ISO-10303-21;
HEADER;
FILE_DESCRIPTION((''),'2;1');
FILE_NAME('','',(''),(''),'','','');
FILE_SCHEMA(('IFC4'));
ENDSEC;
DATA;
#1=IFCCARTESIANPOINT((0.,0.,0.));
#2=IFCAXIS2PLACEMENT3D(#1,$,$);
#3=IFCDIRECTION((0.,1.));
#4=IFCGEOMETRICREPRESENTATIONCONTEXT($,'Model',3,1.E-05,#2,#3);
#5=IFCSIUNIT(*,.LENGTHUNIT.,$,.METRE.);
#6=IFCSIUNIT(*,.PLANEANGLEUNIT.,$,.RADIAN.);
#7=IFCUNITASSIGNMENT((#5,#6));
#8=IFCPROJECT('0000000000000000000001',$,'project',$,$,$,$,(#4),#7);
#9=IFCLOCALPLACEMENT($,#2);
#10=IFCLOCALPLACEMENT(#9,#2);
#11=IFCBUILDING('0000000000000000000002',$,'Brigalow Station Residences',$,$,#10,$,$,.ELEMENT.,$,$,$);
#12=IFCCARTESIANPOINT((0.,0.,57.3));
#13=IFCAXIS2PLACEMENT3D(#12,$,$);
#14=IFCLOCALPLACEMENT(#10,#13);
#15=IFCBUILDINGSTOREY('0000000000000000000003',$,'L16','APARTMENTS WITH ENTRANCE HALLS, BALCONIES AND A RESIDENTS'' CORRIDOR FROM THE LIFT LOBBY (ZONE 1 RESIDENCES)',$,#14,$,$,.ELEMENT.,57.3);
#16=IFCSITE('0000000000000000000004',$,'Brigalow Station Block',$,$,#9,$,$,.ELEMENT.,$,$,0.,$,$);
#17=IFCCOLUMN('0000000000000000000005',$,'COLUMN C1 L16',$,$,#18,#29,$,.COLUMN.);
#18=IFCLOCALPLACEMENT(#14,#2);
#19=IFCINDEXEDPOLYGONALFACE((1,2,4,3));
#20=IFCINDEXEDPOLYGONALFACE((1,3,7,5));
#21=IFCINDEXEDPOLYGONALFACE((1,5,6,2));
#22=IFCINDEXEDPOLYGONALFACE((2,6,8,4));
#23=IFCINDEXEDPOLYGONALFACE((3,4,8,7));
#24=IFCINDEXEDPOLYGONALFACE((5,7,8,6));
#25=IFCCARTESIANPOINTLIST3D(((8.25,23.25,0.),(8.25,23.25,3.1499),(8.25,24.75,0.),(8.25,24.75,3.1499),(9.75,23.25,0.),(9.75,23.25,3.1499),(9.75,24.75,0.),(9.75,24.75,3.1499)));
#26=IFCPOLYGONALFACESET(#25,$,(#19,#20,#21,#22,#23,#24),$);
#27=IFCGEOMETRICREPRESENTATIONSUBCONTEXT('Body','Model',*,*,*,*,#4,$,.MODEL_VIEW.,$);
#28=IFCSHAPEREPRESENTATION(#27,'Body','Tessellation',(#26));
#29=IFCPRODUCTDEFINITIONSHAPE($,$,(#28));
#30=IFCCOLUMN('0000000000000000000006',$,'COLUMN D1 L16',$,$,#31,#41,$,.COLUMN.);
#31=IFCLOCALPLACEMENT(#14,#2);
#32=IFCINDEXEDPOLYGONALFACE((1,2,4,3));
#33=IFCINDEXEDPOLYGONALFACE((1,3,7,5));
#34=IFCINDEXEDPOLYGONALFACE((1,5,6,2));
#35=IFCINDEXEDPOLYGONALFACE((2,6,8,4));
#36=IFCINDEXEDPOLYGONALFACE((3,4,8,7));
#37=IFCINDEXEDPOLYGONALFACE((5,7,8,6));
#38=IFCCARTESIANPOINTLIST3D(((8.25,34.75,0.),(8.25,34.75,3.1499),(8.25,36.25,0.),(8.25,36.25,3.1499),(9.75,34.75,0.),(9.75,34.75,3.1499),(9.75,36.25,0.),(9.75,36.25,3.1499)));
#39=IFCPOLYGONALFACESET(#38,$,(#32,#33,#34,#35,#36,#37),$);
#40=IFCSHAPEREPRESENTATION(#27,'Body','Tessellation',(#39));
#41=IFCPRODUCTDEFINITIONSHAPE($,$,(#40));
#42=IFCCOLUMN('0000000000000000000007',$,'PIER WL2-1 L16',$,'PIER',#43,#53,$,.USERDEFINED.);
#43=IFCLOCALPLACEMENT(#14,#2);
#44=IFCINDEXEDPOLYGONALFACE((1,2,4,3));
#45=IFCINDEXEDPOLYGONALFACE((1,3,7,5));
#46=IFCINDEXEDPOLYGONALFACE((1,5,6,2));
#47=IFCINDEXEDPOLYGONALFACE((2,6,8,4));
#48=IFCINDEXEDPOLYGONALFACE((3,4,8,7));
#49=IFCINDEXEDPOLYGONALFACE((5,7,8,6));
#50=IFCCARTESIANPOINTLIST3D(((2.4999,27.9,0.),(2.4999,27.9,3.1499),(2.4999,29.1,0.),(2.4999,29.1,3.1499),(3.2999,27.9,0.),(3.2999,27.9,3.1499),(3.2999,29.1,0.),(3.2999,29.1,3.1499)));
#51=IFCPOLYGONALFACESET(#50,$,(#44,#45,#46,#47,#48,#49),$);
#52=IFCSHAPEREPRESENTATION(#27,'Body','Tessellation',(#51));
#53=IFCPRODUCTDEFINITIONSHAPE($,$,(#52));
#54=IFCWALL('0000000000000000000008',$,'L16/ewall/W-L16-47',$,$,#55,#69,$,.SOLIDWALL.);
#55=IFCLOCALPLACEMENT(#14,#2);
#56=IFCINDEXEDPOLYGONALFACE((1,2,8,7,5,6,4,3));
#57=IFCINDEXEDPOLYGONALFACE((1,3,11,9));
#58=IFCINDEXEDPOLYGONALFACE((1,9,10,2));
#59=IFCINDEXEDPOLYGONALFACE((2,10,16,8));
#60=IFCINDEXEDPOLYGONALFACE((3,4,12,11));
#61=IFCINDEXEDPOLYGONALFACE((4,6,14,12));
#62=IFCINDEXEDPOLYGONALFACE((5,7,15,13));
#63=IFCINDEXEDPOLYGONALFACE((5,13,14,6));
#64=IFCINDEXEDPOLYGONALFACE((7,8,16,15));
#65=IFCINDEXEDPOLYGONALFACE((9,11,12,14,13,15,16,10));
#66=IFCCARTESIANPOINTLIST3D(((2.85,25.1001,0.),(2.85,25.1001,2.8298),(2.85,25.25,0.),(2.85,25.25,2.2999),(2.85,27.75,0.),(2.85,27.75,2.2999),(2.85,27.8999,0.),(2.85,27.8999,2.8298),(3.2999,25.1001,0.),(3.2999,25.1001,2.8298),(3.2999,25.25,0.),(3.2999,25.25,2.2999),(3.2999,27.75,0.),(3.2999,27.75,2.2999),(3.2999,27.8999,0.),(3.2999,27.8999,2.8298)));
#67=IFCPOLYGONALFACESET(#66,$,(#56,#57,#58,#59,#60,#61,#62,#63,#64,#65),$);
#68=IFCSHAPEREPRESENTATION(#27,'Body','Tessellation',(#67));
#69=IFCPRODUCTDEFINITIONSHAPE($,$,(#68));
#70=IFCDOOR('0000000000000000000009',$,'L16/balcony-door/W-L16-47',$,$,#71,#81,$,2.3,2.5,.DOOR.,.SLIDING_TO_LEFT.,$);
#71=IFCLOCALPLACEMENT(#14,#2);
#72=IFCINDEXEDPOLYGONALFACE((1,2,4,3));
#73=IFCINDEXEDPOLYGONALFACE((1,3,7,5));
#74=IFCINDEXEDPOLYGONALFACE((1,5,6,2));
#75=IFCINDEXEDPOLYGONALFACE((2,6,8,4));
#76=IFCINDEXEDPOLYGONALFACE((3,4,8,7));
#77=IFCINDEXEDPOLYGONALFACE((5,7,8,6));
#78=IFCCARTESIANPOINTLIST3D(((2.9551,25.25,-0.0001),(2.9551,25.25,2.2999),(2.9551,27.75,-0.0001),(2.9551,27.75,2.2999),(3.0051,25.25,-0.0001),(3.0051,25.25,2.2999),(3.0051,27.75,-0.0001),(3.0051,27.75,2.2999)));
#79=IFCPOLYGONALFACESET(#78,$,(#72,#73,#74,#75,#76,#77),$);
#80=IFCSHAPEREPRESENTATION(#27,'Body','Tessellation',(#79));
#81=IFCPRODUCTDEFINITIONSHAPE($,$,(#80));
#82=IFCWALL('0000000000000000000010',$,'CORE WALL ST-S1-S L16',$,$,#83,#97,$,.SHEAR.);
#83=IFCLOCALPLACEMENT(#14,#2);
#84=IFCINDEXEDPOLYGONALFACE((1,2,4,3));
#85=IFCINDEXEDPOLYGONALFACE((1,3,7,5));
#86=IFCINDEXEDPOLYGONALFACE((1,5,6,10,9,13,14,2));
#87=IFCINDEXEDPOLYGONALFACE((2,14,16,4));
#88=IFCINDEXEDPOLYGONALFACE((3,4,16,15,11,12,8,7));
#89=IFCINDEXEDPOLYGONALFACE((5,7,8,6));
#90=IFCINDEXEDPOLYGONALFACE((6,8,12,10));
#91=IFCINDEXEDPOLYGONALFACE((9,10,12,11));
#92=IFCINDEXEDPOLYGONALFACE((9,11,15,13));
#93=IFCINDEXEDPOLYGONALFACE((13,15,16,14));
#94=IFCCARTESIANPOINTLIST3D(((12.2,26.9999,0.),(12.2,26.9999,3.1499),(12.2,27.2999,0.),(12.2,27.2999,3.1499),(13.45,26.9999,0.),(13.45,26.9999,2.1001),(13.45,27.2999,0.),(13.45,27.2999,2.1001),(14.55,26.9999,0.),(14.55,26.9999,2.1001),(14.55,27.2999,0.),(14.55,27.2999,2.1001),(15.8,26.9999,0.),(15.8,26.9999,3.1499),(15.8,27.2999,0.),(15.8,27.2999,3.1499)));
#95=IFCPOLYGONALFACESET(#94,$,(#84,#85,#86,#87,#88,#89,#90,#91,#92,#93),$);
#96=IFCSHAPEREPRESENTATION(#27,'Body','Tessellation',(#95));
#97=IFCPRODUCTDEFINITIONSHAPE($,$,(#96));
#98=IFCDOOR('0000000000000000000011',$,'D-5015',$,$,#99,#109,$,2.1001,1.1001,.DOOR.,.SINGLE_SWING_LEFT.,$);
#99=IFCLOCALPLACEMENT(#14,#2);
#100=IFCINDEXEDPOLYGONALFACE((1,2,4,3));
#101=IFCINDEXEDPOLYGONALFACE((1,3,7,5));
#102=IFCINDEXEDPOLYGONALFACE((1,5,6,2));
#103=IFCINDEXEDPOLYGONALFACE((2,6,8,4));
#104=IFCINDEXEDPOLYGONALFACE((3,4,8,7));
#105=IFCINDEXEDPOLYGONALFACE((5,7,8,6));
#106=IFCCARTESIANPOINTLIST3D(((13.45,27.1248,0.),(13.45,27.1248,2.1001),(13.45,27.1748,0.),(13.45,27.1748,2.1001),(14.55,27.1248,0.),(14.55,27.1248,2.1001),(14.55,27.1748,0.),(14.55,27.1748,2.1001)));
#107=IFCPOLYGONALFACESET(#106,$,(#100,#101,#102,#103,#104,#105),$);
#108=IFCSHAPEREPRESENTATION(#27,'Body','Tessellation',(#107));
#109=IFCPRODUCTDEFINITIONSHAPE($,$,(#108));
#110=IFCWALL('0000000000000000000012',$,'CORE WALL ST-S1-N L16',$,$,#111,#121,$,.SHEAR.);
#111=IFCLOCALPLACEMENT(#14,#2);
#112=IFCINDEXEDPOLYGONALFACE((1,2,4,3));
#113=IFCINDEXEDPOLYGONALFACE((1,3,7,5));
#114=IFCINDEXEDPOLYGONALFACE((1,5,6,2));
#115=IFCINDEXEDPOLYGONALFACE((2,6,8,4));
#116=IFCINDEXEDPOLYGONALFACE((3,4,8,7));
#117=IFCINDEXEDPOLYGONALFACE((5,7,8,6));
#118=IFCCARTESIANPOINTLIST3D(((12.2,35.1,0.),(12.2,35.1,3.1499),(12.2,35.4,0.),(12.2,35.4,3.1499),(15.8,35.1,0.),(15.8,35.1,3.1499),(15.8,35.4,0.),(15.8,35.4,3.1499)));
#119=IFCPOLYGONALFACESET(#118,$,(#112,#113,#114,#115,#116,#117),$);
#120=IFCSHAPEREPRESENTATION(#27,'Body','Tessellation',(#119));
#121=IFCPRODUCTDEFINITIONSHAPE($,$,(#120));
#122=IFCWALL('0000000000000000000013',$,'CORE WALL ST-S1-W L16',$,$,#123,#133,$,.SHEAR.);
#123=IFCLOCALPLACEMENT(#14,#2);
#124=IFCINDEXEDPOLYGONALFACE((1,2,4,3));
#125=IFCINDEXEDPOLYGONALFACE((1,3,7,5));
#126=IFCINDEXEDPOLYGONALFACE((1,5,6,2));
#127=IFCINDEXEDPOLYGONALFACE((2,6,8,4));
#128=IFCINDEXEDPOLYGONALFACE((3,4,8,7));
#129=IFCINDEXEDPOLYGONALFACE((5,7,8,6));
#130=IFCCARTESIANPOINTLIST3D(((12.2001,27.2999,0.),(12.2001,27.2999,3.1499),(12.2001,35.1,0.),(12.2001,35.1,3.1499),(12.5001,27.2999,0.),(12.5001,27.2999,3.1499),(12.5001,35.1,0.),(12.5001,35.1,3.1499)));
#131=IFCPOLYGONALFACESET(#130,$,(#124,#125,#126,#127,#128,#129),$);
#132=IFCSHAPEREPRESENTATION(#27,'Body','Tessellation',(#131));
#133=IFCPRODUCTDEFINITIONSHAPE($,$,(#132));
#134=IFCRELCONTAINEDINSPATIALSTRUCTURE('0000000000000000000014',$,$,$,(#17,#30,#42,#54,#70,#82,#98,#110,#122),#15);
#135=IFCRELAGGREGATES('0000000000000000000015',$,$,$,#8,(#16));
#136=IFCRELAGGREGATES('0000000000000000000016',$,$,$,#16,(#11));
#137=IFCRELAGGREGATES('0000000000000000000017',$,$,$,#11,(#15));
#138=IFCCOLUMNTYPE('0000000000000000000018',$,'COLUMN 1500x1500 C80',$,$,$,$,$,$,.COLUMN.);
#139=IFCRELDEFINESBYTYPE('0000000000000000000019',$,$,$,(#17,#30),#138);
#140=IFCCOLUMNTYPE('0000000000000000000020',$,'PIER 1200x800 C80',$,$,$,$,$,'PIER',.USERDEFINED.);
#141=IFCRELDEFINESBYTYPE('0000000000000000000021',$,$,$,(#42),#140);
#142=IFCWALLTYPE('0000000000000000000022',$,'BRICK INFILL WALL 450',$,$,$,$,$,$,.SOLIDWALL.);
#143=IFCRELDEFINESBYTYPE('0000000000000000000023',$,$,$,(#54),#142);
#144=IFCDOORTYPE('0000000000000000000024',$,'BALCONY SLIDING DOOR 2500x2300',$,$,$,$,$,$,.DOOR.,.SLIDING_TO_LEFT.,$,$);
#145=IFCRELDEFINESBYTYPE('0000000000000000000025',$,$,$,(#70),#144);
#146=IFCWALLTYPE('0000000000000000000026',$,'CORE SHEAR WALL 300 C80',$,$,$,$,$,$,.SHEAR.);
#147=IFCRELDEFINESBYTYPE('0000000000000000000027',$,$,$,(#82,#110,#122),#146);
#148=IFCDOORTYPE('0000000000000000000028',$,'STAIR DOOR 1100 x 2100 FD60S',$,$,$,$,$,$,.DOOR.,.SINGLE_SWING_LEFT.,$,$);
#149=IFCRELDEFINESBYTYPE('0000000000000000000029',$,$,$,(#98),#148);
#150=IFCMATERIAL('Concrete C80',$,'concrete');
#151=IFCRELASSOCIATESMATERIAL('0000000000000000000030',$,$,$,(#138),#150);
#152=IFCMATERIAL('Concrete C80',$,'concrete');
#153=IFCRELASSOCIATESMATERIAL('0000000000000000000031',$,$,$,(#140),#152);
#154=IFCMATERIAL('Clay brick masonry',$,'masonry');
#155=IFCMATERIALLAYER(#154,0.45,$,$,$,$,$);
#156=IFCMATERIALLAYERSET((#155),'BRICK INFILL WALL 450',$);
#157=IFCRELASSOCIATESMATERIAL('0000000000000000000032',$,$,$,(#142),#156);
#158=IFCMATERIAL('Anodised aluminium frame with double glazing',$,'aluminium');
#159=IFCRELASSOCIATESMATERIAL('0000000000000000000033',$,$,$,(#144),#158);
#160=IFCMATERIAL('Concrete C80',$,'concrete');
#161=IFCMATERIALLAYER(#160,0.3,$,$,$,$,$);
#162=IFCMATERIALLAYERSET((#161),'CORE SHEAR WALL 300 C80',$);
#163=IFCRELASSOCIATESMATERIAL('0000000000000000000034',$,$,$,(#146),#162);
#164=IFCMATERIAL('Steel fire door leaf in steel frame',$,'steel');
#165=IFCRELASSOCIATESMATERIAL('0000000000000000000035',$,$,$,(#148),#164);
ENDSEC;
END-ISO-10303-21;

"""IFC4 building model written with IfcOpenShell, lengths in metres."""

from ifc_helpers import new_model, si_unit, direction, frame, frame_2d, origin, origin_2d, place, context, subcontext, project, spatial, rectangle, extrude, material, layer, layer_set, material_profile, profile_set, type_object, element, fill, save


model = new_model("IFC4")

# Units and contexts
model_context = context("Model", 3, precision=1e-05, world=origin(), true_north=direction((0.0, 1.0)))
body_context = subcontext(model_context, "Body", "Model", "MODEL_VIEW")
ifc_project = project(units=[si_unit("LENGTHUNIT", "METRE"), si_unit("PLANEANGLEUNIT", "RADIAN")], contexts=[model_context])

# Site, building, storey
site_placement = place(None, origin())
site = spatial("IfcSite", under=ifc_project, at=site_placement, Name="Brigalow Station Block", CompositionType="ELEMENT", RefElevation=0.0)
building_placement = place(site_placement, origin())
building = spatial("IfcBuilding", under=site, at=building_placement, Name="Brigalow Station Residences", CompositionType="ELEMENT")
storey_placement = place(building_placement, frame((0.0, 0.0, 57.3)))
storey = spatial("IfcBuildingStorey", under=building, at=storey_placement, Name="L16", Description="APARTMENTS WITH ENTRANCE HALLS, BALCONIES AND A RESIDENTS' CORRIDOR FROM THE LIFT LOBBY (ZONE 1 RESIDENCES)", CompositionType="ELEMENT", Elevation=57.3)

# Columns
ifc_material_1 = material(Name="Concrete C80", Category="concrete")
ifc_material_profile_1 = material_profile(ifc_material_1, rectangle(XDim=1.5, YDim=1.5, at=origin_2d()), Name="RC1500x1500")
ifc_profile_set_1 = profile_set([ifc_material_profile_1], Name="Concrete C80")
column_type_1 = type_object("IfcColumnType", Name="COLUMN 1500x1500 C80", PredefinedType="COLUMN", material=ifc_profile_set_1)
for number, where, z_axis, x_axis, name in (
    (1, (9.0, 24.0, 0.0), (0.0, 0.0, 1.0), (1.0, 0.0, 0.0), "COLUMN C1 L16"),
    (2, (9.0, 35.5, 0.0), (0.0, 0.0, 1.0), (1.0, 0.0, 0.0), "COLUMN D1 L16"),
):
    element("IfcColumn", number, at=place(storey_placement, frame(where, z_axis=z_axis, x_axis=x_axis)), inside=storey, type_object=column_type_1, Name=name, PredefinedType="COLUMN", context=body_context, shape_type="SweptSolid", body=[
        extrude(rectangle(XDim=1.5, YDim=1.5, at=origin_2d()), origin(), (0.0, 0.0, 1.0), 3.1499),
    ])
ifc_material_2 = material(Name="Concrete C80", Category="concrete")
ifc_material_profile_2 = material_profile(ifc_material_2, rectangle(XDim=1.2, YDim=0.8, at=origin_2d()), Name="RC1200x800")
ifc_profile_set_2 = profile_set([ifc_material_profile_2], Name="Concrete C80")
column_type_2 = type_object("IfcColumnType", Name="PIER 1200x800 C80", ElementType="PIER", PredefinedType="USERDEFINED", material=ifc_profile_set_2)
column_placement = place(storey_placement, frame((2.8999, 28.5, 0.0), z_axis=(0.0, 0.0, 1.0), x_axis=(0.0, -1.0, 0.0)))
element("IfcColumn", 3, at=column_placement, inside=storey, type_object=column_type_2, Name="PIER WL2-1 L16", ObjectType="PIER", PredefinedType="USERDEFINED", context=body_context, shape_type="SweptSolid", body=[
    extrude(rectangle(XDim=1.2, YDim=0.8, at=origin_2d()), origin(), (0.0, 0.0, 1.0), 3.1499),
])

# Walls, openings, doors
ifc_material_3 = material(Name="Clay brick masonry", Category="masonry")
ifc_layer_1 = layer(ifc_material_3, 0.45)
ifc_layer_set_1 = layer_set([ifc_layer_1], Name="BRICK INFILL WALL 450")
wall_type_1 = type_object("IfcWallType", Name="BRICK INFILL WALL 450", PredefinedType="SOLIDWALL", material=ifc_layer_set_1)
wall_1_placement = place(storey_placement, frame((3.075, 27.8999, 0.0), z_axis=(0.0, 0.0, 1.0), x_axis=(0.0, -1.0, 0.0)))
wall_1 = element("IfcWall", 4, at=wall_1_placement, inside=storey, type_object=wall_type_1, Name="L16/ewall/W-L16-47", PredefinedType="SOLIDWALL", context=body_context, shape_type="SweptSolid", body=[
    extrude(rectangle(XDim=2.7998, YDim=0.45, at=frame_2d((1.3999, 0.0))), origin(), (0.0, 0.0, 1.0), 2.8298),
])
opening_1_placement = place(wall_1_placement, frame((0.1499, 0.0, 0.0)))
opening_1 = element("IfcOpeningElement", 5, at=opening_1_placement, cuts=wall_1, PredefinedType="OPENING", context=body_context, shape_type="SweptSolid", body=[
    extrude(rectangle(XDim=2.5, YDim=2.3, at=frame_2d((1.25, 1.1499))), frame((0.0, 0.2349, 0.0), z_axis=(0.0, -1.0, 0.0), x_axis=(1.0, 0.0, 0.0)), (0.0, 0.0, 1.0), 0.47),
])
ifc_material_4 = material(Name="Anodised aluminium frame with double glazing", Category="aluminium")
door_type_1 = type_object("IfcDoorType", Name="BALCONY SLIDING DOOR 2500x2300", OperationType="SLIDING_TO_LEFT", PredefinedType="DOOR", material=ifc_material_4)
door_1_placement = place(opening_1_placement, origin())
door_1 = element("IfcDoor", 6, at=door_1_placement, inside=storey, type_object=door_type_1, Name="L16/balcony-door/W-L16-47", OperationType="SLIDING_TO_LEFT", OverallHeight=2.3, OverallWidth=2.5, PredefinedType="DOOR", context=body_context, shape_type="SweptSolid", body=[
    extrude(rectangle(XDim=2.5, YDim=2.3, at=frame_2d((1.25, 1.1499))), frame((0.0, -0.0698, 0.0), z_axis=(0.0, -1.0, 0.0), x_axis=(1.0, 0.0, 0.0)), (0.0, 0.0, 1.0), 0.05),
])
fill(opening_1, door_1)
ifc_material_5 = material(Name="Concrete C80", Category="concrete")
ifc_layer_2 = layer(ifc_material_5, 0.3)
ifc_layer_set_2 = layer_set([ifc_layer_2], Name="CORE SHEAR WALL 300 C80")
wall_type_2 = type_object("IfcWallType", Name="CORE SHEAR WALL 300 C80", PredefinedType="SHEAR", material=ifc_layer_set_2)
wall_2_placement = place(storey_placement, frame((12.2, 27.1499, 0.0), z_axis=(0.0, 0.0, 1.0), x_axis=(1.0, 0.0, 0.0)))
wall_2 = element("IfcWall", 7, at=wall_2_placement, inside=storey, type_object=wall_type_2, Name="CORE WALL ST-S1-S L16", PredefinedType="SHEAR", context=body_context, shape_type="SweptSolid", body=[
    extrude(rectangle(XDim=3.6001, YDim=0.3, at=frame_2d((1.8, 0.0))), origin(), (0.0, 0.0, 1.0), 3.1499),
])
opening_2_placement = place(wall_2_placement, frame((1.25, 0.0, 0.0)))
opening_2 = element("IfcOpeningElement", 8, at=opening_2_placement, cuts=wall_2, PredefinedType="OPENING", context=body_context, shape_type="SweptSolid", body=[
    extrude(rectangle(XDim=1.1001, YDim=2.1001, at=frame_2d((0.55, 1.05))), frame((0.0, 0.1602, 0.0), z_axis=(0.0, -1.0, 0.0), x_axis=(1.0, 0.0, 0.0)), (0.0, 0.0, 1.0), 0.3201),
])
ifc_material_6 = material(Name="Steel fire door leaf in steel frame", Category="steel")
door_type_2 = type_object("IfcDoorType", Name="STAIR DOOR 1100 x 2100 FD60S", OperationType="SINGLE_SWING_LEFT", PredefinedType="DOOR", material=ifc_material_6)
door_2_placement = place(opening_2_placement, origin())
door_2 = element("IfcDoor", 9, at=door_2_placement, inside=storey, type_object=door_type_2, Name="D-5015", OperationType="SINGLE_SWING_LEFT", OverallHeight=2.1001, OverallWidth=1.1001, PredefinedType="DOOR", context=body_context, shape_type="SweptSolid", body=[
    extrude(rectangle(XDim=1.1001, YDim=2.1001, at=frame_2d((0.55, 1.05))), frame((0.0, 0.0249, 0.0), z_axis=(0.0, -1.0, 0.0), x_axis=(1.0, 0.0, 0.0)), (0.0, 0.0, 1.0), 0.05),
])
fill(opening_2, door_2)

# Walls
wall_3_placement = place(storey_placement, frame((12.2, 35.25, 0.0), z_axis=(0.0, 0.0, 1.0), x_axis=(1.0, 0.0, 0.0)))
element("IfcWall", 10, at=wall_3_placement, inside=storey, type_object=wall_type_2, Name="CORE WALL ST-S1-N L16", PredefinedType="SHEAR", context=body_context, shape_type="SweptSolid", body=[
    extrude(rectangle(XDim=3.6001, YDim=0.3, at=frame_2d((1.8, 0.0))), origin(), (0.0, 0.0, 1.0), 3.1499),
])
wall_4_placement = place(storey_placement, frame((12.3501, 27.3, 0.0), z_axis=(0.0, 0.0, 1.0), x_axis=(0.0, 1.0, 0.0)))
element("IfcWall", 11, at=wall_4_placement, inside=storey, type_object=wall_type_2, Name="CORE WALL ST-S1-W L16", PredefinedType="SHEAR", context=body_context, shape_type="SweptSolid", body=[
    extrude(rectangle(XDim=7.8, YDim=0.3, at=frame_2d((3.8999, 0.0))), origin(), (0.0, 0.0, 1.0), 3.1499),
])

save(model, "model.ifc")
